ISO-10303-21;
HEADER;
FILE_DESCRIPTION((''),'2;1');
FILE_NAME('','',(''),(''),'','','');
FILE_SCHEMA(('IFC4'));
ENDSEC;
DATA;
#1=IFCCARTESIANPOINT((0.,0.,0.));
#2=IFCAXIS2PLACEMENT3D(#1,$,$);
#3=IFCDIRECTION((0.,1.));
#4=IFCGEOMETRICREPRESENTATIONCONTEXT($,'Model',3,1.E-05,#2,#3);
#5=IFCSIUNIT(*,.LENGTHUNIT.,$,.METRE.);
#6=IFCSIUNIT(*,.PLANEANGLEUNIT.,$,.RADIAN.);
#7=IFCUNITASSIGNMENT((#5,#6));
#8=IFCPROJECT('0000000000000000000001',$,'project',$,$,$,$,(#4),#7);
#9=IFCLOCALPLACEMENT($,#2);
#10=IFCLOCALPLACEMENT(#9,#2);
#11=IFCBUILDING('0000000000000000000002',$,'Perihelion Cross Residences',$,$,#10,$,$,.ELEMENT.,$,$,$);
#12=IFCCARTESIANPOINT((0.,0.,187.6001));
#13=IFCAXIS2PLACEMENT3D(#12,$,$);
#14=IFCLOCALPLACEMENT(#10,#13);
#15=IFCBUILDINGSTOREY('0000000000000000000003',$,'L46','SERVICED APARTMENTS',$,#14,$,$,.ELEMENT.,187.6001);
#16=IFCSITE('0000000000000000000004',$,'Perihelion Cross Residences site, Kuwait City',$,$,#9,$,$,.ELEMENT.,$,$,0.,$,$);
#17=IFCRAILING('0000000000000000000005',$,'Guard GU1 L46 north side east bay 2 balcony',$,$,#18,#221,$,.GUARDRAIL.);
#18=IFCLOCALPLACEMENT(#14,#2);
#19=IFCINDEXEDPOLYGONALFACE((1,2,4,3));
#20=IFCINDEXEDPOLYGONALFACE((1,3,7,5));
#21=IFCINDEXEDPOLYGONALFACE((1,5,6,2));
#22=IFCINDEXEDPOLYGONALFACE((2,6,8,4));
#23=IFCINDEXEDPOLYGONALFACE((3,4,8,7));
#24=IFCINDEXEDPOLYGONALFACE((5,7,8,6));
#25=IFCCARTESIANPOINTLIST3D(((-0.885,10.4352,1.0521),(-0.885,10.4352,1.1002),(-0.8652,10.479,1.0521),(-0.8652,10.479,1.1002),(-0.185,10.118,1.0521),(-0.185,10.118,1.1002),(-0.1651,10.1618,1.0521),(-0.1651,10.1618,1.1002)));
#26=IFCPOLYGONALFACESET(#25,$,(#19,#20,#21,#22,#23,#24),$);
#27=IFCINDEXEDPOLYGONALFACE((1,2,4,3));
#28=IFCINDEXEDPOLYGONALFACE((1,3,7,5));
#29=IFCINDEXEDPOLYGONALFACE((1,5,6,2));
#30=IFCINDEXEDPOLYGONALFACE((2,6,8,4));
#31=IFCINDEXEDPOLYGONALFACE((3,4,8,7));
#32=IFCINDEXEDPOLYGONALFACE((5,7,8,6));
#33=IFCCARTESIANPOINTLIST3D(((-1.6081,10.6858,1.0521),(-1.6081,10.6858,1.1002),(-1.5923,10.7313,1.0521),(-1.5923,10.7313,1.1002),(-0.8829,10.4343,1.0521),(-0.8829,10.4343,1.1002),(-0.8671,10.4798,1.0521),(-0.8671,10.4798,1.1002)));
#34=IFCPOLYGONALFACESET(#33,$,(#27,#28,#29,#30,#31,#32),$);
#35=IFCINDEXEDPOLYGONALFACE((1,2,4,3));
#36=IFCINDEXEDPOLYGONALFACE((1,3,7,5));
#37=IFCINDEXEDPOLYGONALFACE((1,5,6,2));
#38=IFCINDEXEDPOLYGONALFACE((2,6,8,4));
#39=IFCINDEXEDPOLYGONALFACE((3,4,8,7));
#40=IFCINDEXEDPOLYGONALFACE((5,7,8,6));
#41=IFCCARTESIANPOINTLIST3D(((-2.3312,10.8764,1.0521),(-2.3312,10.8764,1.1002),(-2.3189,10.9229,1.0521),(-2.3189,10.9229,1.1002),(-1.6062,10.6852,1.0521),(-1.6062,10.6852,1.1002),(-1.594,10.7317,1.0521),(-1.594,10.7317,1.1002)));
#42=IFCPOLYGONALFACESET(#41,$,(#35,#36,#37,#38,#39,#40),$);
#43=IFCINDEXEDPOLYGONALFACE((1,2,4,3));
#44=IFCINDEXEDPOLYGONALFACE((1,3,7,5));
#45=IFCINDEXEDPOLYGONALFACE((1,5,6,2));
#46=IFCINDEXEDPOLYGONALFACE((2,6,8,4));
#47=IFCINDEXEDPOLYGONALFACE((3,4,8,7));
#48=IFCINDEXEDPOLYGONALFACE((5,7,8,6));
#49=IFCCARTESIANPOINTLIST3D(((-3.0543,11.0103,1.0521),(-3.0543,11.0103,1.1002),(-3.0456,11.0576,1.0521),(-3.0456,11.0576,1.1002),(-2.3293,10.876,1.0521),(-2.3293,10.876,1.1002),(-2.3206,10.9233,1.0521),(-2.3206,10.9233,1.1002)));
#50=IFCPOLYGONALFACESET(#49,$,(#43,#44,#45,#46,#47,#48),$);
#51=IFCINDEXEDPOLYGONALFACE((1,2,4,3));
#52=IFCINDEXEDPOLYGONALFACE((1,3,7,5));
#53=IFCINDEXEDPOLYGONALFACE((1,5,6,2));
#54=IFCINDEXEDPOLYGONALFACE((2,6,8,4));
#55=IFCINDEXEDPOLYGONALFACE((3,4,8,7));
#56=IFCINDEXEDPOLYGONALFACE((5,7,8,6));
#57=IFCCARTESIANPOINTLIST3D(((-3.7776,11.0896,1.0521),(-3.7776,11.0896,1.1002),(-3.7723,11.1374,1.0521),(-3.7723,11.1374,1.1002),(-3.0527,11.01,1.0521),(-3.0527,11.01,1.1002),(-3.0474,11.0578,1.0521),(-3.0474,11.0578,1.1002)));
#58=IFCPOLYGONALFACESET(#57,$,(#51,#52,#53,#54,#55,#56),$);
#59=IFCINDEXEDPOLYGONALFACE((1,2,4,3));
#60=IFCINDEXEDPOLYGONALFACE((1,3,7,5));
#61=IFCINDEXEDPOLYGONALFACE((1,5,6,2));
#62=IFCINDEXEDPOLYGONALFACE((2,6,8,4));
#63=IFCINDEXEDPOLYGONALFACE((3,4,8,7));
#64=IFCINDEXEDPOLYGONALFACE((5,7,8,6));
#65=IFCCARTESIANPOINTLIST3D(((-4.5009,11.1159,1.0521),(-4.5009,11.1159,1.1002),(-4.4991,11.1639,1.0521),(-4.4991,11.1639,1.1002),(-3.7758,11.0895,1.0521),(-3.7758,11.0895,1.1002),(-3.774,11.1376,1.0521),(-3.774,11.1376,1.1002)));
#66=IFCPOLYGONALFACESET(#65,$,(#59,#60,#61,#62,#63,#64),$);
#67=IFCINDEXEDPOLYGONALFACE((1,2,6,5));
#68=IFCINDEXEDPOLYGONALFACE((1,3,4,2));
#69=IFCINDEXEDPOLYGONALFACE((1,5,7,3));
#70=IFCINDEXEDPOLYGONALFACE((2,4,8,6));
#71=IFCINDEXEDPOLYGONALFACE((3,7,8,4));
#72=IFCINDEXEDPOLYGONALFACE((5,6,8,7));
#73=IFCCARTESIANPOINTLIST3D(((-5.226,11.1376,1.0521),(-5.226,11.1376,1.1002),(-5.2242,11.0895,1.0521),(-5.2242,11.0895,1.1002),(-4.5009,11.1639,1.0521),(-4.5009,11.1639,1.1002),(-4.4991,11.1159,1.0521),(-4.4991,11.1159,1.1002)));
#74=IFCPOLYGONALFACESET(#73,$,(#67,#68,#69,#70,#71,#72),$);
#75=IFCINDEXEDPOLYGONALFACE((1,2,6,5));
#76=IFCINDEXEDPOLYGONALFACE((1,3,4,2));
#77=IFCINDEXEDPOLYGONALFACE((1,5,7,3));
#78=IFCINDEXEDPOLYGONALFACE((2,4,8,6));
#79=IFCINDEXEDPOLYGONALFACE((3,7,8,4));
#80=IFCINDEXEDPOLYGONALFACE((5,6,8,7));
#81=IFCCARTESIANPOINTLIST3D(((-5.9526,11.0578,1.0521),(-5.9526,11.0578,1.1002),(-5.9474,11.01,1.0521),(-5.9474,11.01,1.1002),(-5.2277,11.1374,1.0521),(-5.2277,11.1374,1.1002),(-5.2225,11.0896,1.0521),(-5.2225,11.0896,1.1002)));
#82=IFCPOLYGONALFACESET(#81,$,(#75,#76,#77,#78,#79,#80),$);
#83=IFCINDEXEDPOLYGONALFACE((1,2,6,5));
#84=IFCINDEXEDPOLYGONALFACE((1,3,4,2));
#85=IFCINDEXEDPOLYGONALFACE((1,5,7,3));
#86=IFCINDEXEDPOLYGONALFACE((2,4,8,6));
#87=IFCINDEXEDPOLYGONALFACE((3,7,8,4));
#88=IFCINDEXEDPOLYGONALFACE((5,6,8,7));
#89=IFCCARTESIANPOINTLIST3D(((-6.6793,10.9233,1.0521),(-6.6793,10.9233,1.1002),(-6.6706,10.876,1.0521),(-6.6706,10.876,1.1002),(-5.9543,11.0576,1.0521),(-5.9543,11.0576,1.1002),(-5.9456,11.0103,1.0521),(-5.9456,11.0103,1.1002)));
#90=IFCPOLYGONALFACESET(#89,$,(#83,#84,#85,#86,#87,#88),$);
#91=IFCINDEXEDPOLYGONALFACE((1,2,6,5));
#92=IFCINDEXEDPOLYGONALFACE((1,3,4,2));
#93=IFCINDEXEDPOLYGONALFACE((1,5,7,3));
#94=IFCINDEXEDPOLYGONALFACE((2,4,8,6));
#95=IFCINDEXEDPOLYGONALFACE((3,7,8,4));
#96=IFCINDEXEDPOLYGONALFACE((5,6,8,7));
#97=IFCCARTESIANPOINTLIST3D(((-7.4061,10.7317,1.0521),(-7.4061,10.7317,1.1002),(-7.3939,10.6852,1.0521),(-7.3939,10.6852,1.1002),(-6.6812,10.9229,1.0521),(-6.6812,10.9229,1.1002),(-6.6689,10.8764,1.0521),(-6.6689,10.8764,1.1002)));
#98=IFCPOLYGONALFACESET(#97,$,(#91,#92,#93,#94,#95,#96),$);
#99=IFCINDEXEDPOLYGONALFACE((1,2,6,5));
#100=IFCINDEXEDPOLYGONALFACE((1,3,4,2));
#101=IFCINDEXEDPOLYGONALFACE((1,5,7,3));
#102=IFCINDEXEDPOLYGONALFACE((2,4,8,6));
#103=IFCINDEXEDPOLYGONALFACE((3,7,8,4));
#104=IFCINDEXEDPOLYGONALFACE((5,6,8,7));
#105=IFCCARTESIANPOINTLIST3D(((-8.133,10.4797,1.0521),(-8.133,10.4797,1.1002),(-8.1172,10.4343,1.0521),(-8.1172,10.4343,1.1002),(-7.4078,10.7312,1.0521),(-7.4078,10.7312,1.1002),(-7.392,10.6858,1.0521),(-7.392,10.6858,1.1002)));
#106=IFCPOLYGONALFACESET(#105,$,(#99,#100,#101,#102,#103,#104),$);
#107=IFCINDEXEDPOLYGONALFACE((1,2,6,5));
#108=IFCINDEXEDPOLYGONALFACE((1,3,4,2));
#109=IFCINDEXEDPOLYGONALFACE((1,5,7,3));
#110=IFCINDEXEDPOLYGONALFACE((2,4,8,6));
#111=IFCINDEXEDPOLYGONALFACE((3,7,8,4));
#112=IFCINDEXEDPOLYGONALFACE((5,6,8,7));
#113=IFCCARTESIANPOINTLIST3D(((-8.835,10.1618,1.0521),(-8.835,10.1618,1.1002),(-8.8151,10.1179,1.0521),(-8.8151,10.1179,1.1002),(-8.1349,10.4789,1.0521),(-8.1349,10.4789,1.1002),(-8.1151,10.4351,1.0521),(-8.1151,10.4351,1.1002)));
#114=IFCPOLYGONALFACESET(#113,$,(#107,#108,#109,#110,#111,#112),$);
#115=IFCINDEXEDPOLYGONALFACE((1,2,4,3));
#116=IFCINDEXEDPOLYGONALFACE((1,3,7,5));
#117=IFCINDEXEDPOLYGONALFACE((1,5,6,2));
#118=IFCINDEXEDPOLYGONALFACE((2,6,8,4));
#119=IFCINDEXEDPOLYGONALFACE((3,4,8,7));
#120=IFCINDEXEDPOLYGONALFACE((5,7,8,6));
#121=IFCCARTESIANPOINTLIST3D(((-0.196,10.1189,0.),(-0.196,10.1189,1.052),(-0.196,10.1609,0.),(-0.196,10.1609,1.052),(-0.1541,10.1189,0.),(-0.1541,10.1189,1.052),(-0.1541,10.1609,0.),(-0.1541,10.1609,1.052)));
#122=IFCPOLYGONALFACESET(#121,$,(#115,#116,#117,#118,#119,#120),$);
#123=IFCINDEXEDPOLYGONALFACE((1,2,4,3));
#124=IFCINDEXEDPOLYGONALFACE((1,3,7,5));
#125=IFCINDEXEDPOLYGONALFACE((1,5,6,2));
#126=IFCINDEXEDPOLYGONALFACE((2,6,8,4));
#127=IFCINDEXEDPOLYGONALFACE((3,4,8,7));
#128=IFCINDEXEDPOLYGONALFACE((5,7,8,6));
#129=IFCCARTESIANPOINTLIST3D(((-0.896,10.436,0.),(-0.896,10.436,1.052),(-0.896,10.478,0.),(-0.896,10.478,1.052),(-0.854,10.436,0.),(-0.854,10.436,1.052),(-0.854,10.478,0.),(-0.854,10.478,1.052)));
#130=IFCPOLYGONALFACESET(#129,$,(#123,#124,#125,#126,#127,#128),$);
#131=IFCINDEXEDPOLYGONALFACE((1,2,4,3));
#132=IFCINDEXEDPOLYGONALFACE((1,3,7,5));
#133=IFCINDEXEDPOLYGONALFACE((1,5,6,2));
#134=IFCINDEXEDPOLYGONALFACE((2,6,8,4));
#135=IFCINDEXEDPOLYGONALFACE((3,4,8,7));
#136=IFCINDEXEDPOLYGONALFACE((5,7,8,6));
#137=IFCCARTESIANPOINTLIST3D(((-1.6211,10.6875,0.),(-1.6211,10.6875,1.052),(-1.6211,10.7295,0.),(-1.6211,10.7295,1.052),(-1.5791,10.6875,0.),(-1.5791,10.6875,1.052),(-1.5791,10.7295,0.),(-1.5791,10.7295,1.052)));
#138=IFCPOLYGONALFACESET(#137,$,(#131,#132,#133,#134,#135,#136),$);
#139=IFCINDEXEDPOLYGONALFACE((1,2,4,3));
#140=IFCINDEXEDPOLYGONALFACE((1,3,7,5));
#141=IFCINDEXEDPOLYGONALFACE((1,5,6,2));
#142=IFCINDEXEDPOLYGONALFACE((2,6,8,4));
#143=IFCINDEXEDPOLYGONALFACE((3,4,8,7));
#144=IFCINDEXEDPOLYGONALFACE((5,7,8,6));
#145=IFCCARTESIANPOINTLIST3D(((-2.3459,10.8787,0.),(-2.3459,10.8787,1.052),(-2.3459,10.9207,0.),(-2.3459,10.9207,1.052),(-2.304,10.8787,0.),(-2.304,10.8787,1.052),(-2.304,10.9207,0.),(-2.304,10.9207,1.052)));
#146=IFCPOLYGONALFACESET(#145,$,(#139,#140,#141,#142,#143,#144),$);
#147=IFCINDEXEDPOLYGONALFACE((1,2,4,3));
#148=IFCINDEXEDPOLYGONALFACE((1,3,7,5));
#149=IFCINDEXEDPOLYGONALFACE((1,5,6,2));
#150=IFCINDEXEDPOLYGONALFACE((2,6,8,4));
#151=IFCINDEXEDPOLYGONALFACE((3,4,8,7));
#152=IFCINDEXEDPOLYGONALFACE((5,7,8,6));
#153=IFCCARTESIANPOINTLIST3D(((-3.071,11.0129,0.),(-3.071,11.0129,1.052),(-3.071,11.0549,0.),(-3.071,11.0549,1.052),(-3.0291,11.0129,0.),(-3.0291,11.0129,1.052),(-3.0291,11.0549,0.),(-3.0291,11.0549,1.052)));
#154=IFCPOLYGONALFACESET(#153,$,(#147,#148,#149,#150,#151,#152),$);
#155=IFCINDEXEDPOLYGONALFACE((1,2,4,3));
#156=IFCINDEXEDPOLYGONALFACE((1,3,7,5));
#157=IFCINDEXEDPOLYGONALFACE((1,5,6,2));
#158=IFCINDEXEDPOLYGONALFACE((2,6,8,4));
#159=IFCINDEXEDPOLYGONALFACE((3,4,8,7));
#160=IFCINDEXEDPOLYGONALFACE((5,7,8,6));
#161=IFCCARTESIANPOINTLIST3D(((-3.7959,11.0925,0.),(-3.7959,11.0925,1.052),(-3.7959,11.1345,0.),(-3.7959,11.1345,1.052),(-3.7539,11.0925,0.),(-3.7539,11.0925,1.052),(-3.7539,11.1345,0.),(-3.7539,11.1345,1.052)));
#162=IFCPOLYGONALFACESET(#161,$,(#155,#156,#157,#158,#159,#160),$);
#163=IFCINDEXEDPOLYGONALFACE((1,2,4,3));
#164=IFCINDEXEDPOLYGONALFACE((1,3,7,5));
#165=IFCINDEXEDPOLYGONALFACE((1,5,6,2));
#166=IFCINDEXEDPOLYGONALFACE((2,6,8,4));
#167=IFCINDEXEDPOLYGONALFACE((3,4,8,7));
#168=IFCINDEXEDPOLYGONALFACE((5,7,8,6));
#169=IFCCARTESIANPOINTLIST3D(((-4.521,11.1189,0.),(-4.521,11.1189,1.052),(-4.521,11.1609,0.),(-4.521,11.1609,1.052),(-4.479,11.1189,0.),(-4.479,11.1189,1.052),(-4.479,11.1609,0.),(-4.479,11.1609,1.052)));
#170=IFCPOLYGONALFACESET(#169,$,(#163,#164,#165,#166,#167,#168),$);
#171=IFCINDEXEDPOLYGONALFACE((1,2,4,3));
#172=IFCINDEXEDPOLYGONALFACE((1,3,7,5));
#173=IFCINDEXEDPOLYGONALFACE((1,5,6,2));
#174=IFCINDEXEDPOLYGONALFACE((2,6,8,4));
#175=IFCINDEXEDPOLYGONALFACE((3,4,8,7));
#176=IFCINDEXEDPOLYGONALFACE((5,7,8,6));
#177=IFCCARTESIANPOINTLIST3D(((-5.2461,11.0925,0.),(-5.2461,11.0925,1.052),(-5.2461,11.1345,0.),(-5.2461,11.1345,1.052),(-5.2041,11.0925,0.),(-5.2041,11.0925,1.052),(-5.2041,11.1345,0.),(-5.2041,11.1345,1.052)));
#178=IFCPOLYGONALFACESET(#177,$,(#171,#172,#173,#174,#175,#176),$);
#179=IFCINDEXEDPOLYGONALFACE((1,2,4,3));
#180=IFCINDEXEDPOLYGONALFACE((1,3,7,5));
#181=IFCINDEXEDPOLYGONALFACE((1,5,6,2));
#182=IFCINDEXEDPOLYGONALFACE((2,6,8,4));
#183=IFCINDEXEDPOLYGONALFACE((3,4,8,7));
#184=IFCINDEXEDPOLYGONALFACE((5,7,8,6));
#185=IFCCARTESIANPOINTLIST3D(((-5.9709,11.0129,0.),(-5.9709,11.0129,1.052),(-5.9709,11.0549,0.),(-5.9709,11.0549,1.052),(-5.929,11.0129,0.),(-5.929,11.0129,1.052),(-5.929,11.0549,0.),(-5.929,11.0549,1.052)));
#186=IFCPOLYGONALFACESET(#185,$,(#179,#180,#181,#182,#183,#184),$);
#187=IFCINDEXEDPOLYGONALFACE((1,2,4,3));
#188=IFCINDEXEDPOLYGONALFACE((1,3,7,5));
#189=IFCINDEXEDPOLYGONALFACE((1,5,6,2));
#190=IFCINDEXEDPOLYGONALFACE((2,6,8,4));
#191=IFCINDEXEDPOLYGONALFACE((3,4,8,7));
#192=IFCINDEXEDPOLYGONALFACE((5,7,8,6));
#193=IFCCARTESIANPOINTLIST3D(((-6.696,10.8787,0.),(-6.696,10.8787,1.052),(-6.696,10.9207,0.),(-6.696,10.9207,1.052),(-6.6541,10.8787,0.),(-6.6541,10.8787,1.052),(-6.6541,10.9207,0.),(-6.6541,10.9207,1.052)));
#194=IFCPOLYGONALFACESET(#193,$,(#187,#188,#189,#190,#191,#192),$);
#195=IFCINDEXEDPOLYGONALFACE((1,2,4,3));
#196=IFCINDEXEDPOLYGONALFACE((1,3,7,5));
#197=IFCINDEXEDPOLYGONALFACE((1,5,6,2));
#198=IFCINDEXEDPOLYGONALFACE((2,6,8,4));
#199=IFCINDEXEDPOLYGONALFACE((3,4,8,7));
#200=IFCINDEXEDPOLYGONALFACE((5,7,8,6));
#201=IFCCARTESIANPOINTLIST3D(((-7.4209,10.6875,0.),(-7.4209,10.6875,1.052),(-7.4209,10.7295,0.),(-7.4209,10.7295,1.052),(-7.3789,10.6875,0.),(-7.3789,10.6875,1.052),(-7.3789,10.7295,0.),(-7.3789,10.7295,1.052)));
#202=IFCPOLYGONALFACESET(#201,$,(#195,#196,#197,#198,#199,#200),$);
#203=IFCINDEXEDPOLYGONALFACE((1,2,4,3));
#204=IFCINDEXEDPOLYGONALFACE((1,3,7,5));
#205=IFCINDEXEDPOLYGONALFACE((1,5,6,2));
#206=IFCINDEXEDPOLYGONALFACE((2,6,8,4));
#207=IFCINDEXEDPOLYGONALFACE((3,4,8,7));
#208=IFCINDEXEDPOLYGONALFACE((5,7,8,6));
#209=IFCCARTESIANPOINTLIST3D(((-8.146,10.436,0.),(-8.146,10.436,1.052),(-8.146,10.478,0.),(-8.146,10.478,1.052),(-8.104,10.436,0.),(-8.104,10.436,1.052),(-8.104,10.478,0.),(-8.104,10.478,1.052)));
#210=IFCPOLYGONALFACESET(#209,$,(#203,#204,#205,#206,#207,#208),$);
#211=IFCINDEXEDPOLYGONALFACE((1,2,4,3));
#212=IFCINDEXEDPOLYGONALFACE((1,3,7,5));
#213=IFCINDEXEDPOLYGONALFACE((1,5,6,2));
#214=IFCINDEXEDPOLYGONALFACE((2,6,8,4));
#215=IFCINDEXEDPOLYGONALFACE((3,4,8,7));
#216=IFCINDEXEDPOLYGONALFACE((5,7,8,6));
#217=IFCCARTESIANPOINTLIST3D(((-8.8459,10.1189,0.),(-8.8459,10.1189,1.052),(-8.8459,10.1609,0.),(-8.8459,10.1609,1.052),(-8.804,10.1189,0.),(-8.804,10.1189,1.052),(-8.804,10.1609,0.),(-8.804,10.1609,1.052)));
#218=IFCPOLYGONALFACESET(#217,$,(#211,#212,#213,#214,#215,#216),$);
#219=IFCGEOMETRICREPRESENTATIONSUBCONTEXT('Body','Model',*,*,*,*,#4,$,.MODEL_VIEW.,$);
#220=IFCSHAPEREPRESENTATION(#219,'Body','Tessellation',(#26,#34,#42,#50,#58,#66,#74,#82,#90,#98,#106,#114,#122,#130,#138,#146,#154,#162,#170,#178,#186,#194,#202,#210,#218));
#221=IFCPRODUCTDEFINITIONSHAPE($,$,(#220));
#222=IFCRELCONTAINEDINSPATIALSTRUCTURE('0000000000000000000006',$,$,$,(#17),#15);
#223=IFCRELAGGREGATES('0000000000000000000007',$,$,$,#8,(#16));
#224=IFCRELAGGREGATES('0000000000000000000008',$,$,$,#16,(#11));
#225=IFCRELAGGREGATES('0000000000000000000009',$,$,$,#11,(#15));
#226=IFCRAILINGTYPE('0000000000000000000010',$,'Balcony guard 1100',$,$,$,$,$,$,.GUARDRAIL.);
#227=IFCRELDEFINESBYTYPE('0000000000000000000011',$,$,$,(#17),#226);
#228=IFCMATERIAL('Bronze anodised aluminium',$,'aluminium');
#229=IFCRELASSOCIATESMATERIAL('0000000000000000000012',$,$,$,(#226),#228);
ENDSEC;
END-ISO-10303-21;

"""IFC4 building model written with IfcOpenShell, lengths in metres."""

from ifc_helpers import new_model, si_unit, direction, frame, origin, origin_2d, place, context, subcontext, project, spatial, rectangle, extrude, material, type_object, element, save


model = new_model("IFC4")

# Units and contexts
model_context = context("Model", 3, precision=1e-05, world=origin(), true_north=direction((0.0, 1.0)))
body_context = subcontext(model_context, "Body", "Model", "MODEL_VIEW")
ifc_project = project(units=[si_unit("LENGTHUNIT", "METRE"), si_unit("PLANEANGLEUNIT", "RADIAN")], contexts=[model_context])

# Site, building, storey
site_placement = place(None, origin())
site = spatial("IfcSite", under=ifc_project, at=site_placement, Name="Perihelion Cross Residences site, Kuwait City", CompositionType="ELEMENT", RefElevation=0.0)
building_placement = place(site_placement, origin())
building = spatial("IfcBuilding", under=site, at=building_placement, Name="Perihelion Cross Residences", CompositionType="ELEMENT")
storey_placement = place(building_placement, frame((0.0, 0.0, 187.6001)))
storey = spatial("IfcBuildingStorey", under=building, at=storey_placement, Name="L46", Description="SERVICED APARTMENTS", CompositionType="ELEMENT", Elevation=187.6001)

# Railing
ifc_material_1 = material(Name="Bronze anodised aluminium", Category="aluminium")
railing_type = type_object("IfcRailingType", Name="Balcony guard 1100", PredefinedType="GUARDRAIL", material=ifc_material_1)
railing_1_placement = place(storey_placement, frame((-0.175, 10.1399, 0.0)))
element("IfcRailing", 1, at=railing_1_placement, inside=storey, type_object=railing_type, Name="Guard GU1 L46 north side east bay 2 balcony", PredefinedType="GUARDRAIL", context=body_context, shape_type="SweptSolid", body=[
    extrude(rectangle(XDim=0.0481, YDim=0.0481, at=origin_2d()), frame((0.0, 0.0, 1.0762), z_axis=(-0.910866, 0.412702, 0.0), x_axis=(-0.412702, -0.910866, 0.0)), (0.0, 0.0, 1.0), 0.7686),
    extrude(rectangle(XDim=0.0481, YDim=0.0481, at=origin_2d()), frame((-0.7, 0.3171, 1.0762), z_axis=(-0.944797, 0.327657, 0.0), x_axis=(-0.327657, -0.944797, 0.0)), (0.0, 0.0, 1.0), 0.7676),
    extrude(rectangle(XDim=0.0481, YDim=0.0481, at=origin_2d()), frame((-1.425, 0.5686, 1.0762), z_axis=(-0.966939, 0.255006, 0.0), x_axis=(-0.255006, -0.966939, 0.0)), (0.0, 0.0, 1.0), 0.7498),
    extrude(rectangle(XDim=0.0481, YDim=0.0481, at=origin_2d()), frame((-2.1499, 0.7598, 1.0762), z_axis=(-0.983282, 0.182089, 0.0), x_axis=(-0.182089, -0.983282, 0.0)), (0.0, 0.0, 1.0), 0.7373),
    extrude(rectangle(XDim=0.0481, YDim=0.0481, at=origin_2d()), frame((-2.875, 0.894, 1.0762), z_axis=(-0.994026, 0.109145, 0.0), x_axis=(-0.109145, -0.994026, 0.0)), (0.0, 0.0, 1.0), 0.7292),
    extrude(rectangle(XDim=0.0481, YDim=0.0481, at=origin_2d()), frame((-3.5999, 0.9736, 1.0762), z_axis=(-0.999339, 0.03634, 0.0), x_axis=(-0.03634, -0.999339, 0.0)), (0.0, 0.0, 1.0), 0.7256),
    extrude(rectangle(XDim=0.0481, YDim=0.0481, at=origin_2d()), frame((-4.325, 1.0, 1.0762), z_axis=(-0.999339, -0.03634, 0.0), x_axis=(0.03634, -0.999339, 0.0)), (0.0, 0.0, 1.0), 0.7256),
    extrude(rectangle(XDim=0.0481, YDim=0.0481, at=origin_2d()), frame((-5.05, 0.9736, 1.0762), z_axis=(-0.994026, -0.109145, 0.0), x_axis=(0.109145, -0.994026, 0.0)), (0.0, 0.0, 1.0), 0.7292),
    extrude(rectangle(XDim=0.0481, YDim=0.0481, at=origin_2d()), frame((-5.7749, 0.894, 1.0762), z_axis=(-0.983282, -0.182089, 0.0), x_axis=(0.182089, -0.983282, 0.0)), (0.0, 0.0, 1.0), 0.7373),
    extrude(rectangle(XDim=0.0481, YDim=0.0481, at=origin_2d()), frame((-6.5, 0.7598, 1.0762), z_axis=(-0.966939, -0.255006, 0.0), x_axis=(0.255006, -0.966939, 0.0)), (0.0, 0.0, 1.0), 0.7498),
    extrude(rectangle(XDim=0.0481, YDim=0.0481, at=origin_2d()), frame((-7.2249, 0.5686, 1.0762), z_axis=(-0.944797, -0.327657, 0.0), x_axis=(0.327657, -0.944797, 0.0)), (0.0, 0.0, 1.0), 0.7676),
    extrude(rectangle(XDim=0.0481, YDim=0.0481, at=origin_2d()), frame((-7.95, 0.3171, 1.0762), z_axis=(-0.910866, -0.412702, 0.0), x_axis=(0.412702, -0.910866, 0.0)), (0.0, 0.0, 1.0), 0.7686),
    extrude(rectangle(XDim=0.042, YDim=0.042, at=origin_2d()), origin(), (0.0, 0.0, 1.0), 1.052),
    extrude(rectangle(XDim=0.042, YDim=0.042, at=origin_2d()), frame((-0.7, 0.3171, 0.0)), (0.0, 0.0, 1.0), 1.052),
    extrude(rectangle(XDim=0.042, YDim=0.042, at=origin_2d()), frame((-1.425, 0.5686, 0.0)), (0.0, 0.0, 1.0), 1.052),
    extrude(rectangle(XDim=0.042, YDim=0.042, at=origin_2d()), frame((-2.1499, 0.7598, 0.0)), (0.0, 0.0, 1.0), 1.052),
    extrude(rectangle(XDim=0.042, YDim=0.042, at=origin_2d()), frame((-2.875, 0.894, 0.0)), (0.0, 0.0, 1.0), 1.052),
    extrude(rectangle(XDim=0.042, YDim=0.042, at=origin_2d()), frame((-3.5999, 0.9736, 0.0)), (0.0, 0.0, 1.0), 1.052),
    extrude(rectangle(XDim=0.042, YDim=0.042, at=origin_2d()), frame((-4.325, 1.0, 0.0)), (0.0, 0.0, 1.0), 1.052),
    extrude(rectangle(XDim=0.042, YDim=0.042, at=origin_2d()), frame((-5.05, 0.9736, 0.0)), (0.0, 0.0, 1.0), 1.052),
    extrude(rectangle(XDim=0.042, YDim=0.042, at=origin_2d()), frame((-5.7749, 0.894, 0.0)), (0.0, 0.0, 1.0), 1.052),
    extrude(rectangle(XDim=0.042, YDim=0.042, at=origin_2d()), frame((-6.5, 0.7598, 0.0)), (0.0, 0.0, 1.0), 1.052),
    extrude(rectangle(XDim=0.042, YDim=0.042, at=origin_2d()), frame((-7.2249, 0.5686, 0.0)), (0.0, 0.0, 1.0), 1.052),
    extrude(rectangle(XDim=0.042, YDim=0.042, at=origin_2d()), frame((-7.95, 0.3171, 0.0)), (0.0, 0.0, 1.0), 1.052),
    extrude(rectangle(XDim=0.042, YDim=0.042, at=origin_2d()), frame((-8.6499, 0.0, 0.0)), (0.0, 0.0, 1.0), 1.052),
])

save(model, "model.ifc")
